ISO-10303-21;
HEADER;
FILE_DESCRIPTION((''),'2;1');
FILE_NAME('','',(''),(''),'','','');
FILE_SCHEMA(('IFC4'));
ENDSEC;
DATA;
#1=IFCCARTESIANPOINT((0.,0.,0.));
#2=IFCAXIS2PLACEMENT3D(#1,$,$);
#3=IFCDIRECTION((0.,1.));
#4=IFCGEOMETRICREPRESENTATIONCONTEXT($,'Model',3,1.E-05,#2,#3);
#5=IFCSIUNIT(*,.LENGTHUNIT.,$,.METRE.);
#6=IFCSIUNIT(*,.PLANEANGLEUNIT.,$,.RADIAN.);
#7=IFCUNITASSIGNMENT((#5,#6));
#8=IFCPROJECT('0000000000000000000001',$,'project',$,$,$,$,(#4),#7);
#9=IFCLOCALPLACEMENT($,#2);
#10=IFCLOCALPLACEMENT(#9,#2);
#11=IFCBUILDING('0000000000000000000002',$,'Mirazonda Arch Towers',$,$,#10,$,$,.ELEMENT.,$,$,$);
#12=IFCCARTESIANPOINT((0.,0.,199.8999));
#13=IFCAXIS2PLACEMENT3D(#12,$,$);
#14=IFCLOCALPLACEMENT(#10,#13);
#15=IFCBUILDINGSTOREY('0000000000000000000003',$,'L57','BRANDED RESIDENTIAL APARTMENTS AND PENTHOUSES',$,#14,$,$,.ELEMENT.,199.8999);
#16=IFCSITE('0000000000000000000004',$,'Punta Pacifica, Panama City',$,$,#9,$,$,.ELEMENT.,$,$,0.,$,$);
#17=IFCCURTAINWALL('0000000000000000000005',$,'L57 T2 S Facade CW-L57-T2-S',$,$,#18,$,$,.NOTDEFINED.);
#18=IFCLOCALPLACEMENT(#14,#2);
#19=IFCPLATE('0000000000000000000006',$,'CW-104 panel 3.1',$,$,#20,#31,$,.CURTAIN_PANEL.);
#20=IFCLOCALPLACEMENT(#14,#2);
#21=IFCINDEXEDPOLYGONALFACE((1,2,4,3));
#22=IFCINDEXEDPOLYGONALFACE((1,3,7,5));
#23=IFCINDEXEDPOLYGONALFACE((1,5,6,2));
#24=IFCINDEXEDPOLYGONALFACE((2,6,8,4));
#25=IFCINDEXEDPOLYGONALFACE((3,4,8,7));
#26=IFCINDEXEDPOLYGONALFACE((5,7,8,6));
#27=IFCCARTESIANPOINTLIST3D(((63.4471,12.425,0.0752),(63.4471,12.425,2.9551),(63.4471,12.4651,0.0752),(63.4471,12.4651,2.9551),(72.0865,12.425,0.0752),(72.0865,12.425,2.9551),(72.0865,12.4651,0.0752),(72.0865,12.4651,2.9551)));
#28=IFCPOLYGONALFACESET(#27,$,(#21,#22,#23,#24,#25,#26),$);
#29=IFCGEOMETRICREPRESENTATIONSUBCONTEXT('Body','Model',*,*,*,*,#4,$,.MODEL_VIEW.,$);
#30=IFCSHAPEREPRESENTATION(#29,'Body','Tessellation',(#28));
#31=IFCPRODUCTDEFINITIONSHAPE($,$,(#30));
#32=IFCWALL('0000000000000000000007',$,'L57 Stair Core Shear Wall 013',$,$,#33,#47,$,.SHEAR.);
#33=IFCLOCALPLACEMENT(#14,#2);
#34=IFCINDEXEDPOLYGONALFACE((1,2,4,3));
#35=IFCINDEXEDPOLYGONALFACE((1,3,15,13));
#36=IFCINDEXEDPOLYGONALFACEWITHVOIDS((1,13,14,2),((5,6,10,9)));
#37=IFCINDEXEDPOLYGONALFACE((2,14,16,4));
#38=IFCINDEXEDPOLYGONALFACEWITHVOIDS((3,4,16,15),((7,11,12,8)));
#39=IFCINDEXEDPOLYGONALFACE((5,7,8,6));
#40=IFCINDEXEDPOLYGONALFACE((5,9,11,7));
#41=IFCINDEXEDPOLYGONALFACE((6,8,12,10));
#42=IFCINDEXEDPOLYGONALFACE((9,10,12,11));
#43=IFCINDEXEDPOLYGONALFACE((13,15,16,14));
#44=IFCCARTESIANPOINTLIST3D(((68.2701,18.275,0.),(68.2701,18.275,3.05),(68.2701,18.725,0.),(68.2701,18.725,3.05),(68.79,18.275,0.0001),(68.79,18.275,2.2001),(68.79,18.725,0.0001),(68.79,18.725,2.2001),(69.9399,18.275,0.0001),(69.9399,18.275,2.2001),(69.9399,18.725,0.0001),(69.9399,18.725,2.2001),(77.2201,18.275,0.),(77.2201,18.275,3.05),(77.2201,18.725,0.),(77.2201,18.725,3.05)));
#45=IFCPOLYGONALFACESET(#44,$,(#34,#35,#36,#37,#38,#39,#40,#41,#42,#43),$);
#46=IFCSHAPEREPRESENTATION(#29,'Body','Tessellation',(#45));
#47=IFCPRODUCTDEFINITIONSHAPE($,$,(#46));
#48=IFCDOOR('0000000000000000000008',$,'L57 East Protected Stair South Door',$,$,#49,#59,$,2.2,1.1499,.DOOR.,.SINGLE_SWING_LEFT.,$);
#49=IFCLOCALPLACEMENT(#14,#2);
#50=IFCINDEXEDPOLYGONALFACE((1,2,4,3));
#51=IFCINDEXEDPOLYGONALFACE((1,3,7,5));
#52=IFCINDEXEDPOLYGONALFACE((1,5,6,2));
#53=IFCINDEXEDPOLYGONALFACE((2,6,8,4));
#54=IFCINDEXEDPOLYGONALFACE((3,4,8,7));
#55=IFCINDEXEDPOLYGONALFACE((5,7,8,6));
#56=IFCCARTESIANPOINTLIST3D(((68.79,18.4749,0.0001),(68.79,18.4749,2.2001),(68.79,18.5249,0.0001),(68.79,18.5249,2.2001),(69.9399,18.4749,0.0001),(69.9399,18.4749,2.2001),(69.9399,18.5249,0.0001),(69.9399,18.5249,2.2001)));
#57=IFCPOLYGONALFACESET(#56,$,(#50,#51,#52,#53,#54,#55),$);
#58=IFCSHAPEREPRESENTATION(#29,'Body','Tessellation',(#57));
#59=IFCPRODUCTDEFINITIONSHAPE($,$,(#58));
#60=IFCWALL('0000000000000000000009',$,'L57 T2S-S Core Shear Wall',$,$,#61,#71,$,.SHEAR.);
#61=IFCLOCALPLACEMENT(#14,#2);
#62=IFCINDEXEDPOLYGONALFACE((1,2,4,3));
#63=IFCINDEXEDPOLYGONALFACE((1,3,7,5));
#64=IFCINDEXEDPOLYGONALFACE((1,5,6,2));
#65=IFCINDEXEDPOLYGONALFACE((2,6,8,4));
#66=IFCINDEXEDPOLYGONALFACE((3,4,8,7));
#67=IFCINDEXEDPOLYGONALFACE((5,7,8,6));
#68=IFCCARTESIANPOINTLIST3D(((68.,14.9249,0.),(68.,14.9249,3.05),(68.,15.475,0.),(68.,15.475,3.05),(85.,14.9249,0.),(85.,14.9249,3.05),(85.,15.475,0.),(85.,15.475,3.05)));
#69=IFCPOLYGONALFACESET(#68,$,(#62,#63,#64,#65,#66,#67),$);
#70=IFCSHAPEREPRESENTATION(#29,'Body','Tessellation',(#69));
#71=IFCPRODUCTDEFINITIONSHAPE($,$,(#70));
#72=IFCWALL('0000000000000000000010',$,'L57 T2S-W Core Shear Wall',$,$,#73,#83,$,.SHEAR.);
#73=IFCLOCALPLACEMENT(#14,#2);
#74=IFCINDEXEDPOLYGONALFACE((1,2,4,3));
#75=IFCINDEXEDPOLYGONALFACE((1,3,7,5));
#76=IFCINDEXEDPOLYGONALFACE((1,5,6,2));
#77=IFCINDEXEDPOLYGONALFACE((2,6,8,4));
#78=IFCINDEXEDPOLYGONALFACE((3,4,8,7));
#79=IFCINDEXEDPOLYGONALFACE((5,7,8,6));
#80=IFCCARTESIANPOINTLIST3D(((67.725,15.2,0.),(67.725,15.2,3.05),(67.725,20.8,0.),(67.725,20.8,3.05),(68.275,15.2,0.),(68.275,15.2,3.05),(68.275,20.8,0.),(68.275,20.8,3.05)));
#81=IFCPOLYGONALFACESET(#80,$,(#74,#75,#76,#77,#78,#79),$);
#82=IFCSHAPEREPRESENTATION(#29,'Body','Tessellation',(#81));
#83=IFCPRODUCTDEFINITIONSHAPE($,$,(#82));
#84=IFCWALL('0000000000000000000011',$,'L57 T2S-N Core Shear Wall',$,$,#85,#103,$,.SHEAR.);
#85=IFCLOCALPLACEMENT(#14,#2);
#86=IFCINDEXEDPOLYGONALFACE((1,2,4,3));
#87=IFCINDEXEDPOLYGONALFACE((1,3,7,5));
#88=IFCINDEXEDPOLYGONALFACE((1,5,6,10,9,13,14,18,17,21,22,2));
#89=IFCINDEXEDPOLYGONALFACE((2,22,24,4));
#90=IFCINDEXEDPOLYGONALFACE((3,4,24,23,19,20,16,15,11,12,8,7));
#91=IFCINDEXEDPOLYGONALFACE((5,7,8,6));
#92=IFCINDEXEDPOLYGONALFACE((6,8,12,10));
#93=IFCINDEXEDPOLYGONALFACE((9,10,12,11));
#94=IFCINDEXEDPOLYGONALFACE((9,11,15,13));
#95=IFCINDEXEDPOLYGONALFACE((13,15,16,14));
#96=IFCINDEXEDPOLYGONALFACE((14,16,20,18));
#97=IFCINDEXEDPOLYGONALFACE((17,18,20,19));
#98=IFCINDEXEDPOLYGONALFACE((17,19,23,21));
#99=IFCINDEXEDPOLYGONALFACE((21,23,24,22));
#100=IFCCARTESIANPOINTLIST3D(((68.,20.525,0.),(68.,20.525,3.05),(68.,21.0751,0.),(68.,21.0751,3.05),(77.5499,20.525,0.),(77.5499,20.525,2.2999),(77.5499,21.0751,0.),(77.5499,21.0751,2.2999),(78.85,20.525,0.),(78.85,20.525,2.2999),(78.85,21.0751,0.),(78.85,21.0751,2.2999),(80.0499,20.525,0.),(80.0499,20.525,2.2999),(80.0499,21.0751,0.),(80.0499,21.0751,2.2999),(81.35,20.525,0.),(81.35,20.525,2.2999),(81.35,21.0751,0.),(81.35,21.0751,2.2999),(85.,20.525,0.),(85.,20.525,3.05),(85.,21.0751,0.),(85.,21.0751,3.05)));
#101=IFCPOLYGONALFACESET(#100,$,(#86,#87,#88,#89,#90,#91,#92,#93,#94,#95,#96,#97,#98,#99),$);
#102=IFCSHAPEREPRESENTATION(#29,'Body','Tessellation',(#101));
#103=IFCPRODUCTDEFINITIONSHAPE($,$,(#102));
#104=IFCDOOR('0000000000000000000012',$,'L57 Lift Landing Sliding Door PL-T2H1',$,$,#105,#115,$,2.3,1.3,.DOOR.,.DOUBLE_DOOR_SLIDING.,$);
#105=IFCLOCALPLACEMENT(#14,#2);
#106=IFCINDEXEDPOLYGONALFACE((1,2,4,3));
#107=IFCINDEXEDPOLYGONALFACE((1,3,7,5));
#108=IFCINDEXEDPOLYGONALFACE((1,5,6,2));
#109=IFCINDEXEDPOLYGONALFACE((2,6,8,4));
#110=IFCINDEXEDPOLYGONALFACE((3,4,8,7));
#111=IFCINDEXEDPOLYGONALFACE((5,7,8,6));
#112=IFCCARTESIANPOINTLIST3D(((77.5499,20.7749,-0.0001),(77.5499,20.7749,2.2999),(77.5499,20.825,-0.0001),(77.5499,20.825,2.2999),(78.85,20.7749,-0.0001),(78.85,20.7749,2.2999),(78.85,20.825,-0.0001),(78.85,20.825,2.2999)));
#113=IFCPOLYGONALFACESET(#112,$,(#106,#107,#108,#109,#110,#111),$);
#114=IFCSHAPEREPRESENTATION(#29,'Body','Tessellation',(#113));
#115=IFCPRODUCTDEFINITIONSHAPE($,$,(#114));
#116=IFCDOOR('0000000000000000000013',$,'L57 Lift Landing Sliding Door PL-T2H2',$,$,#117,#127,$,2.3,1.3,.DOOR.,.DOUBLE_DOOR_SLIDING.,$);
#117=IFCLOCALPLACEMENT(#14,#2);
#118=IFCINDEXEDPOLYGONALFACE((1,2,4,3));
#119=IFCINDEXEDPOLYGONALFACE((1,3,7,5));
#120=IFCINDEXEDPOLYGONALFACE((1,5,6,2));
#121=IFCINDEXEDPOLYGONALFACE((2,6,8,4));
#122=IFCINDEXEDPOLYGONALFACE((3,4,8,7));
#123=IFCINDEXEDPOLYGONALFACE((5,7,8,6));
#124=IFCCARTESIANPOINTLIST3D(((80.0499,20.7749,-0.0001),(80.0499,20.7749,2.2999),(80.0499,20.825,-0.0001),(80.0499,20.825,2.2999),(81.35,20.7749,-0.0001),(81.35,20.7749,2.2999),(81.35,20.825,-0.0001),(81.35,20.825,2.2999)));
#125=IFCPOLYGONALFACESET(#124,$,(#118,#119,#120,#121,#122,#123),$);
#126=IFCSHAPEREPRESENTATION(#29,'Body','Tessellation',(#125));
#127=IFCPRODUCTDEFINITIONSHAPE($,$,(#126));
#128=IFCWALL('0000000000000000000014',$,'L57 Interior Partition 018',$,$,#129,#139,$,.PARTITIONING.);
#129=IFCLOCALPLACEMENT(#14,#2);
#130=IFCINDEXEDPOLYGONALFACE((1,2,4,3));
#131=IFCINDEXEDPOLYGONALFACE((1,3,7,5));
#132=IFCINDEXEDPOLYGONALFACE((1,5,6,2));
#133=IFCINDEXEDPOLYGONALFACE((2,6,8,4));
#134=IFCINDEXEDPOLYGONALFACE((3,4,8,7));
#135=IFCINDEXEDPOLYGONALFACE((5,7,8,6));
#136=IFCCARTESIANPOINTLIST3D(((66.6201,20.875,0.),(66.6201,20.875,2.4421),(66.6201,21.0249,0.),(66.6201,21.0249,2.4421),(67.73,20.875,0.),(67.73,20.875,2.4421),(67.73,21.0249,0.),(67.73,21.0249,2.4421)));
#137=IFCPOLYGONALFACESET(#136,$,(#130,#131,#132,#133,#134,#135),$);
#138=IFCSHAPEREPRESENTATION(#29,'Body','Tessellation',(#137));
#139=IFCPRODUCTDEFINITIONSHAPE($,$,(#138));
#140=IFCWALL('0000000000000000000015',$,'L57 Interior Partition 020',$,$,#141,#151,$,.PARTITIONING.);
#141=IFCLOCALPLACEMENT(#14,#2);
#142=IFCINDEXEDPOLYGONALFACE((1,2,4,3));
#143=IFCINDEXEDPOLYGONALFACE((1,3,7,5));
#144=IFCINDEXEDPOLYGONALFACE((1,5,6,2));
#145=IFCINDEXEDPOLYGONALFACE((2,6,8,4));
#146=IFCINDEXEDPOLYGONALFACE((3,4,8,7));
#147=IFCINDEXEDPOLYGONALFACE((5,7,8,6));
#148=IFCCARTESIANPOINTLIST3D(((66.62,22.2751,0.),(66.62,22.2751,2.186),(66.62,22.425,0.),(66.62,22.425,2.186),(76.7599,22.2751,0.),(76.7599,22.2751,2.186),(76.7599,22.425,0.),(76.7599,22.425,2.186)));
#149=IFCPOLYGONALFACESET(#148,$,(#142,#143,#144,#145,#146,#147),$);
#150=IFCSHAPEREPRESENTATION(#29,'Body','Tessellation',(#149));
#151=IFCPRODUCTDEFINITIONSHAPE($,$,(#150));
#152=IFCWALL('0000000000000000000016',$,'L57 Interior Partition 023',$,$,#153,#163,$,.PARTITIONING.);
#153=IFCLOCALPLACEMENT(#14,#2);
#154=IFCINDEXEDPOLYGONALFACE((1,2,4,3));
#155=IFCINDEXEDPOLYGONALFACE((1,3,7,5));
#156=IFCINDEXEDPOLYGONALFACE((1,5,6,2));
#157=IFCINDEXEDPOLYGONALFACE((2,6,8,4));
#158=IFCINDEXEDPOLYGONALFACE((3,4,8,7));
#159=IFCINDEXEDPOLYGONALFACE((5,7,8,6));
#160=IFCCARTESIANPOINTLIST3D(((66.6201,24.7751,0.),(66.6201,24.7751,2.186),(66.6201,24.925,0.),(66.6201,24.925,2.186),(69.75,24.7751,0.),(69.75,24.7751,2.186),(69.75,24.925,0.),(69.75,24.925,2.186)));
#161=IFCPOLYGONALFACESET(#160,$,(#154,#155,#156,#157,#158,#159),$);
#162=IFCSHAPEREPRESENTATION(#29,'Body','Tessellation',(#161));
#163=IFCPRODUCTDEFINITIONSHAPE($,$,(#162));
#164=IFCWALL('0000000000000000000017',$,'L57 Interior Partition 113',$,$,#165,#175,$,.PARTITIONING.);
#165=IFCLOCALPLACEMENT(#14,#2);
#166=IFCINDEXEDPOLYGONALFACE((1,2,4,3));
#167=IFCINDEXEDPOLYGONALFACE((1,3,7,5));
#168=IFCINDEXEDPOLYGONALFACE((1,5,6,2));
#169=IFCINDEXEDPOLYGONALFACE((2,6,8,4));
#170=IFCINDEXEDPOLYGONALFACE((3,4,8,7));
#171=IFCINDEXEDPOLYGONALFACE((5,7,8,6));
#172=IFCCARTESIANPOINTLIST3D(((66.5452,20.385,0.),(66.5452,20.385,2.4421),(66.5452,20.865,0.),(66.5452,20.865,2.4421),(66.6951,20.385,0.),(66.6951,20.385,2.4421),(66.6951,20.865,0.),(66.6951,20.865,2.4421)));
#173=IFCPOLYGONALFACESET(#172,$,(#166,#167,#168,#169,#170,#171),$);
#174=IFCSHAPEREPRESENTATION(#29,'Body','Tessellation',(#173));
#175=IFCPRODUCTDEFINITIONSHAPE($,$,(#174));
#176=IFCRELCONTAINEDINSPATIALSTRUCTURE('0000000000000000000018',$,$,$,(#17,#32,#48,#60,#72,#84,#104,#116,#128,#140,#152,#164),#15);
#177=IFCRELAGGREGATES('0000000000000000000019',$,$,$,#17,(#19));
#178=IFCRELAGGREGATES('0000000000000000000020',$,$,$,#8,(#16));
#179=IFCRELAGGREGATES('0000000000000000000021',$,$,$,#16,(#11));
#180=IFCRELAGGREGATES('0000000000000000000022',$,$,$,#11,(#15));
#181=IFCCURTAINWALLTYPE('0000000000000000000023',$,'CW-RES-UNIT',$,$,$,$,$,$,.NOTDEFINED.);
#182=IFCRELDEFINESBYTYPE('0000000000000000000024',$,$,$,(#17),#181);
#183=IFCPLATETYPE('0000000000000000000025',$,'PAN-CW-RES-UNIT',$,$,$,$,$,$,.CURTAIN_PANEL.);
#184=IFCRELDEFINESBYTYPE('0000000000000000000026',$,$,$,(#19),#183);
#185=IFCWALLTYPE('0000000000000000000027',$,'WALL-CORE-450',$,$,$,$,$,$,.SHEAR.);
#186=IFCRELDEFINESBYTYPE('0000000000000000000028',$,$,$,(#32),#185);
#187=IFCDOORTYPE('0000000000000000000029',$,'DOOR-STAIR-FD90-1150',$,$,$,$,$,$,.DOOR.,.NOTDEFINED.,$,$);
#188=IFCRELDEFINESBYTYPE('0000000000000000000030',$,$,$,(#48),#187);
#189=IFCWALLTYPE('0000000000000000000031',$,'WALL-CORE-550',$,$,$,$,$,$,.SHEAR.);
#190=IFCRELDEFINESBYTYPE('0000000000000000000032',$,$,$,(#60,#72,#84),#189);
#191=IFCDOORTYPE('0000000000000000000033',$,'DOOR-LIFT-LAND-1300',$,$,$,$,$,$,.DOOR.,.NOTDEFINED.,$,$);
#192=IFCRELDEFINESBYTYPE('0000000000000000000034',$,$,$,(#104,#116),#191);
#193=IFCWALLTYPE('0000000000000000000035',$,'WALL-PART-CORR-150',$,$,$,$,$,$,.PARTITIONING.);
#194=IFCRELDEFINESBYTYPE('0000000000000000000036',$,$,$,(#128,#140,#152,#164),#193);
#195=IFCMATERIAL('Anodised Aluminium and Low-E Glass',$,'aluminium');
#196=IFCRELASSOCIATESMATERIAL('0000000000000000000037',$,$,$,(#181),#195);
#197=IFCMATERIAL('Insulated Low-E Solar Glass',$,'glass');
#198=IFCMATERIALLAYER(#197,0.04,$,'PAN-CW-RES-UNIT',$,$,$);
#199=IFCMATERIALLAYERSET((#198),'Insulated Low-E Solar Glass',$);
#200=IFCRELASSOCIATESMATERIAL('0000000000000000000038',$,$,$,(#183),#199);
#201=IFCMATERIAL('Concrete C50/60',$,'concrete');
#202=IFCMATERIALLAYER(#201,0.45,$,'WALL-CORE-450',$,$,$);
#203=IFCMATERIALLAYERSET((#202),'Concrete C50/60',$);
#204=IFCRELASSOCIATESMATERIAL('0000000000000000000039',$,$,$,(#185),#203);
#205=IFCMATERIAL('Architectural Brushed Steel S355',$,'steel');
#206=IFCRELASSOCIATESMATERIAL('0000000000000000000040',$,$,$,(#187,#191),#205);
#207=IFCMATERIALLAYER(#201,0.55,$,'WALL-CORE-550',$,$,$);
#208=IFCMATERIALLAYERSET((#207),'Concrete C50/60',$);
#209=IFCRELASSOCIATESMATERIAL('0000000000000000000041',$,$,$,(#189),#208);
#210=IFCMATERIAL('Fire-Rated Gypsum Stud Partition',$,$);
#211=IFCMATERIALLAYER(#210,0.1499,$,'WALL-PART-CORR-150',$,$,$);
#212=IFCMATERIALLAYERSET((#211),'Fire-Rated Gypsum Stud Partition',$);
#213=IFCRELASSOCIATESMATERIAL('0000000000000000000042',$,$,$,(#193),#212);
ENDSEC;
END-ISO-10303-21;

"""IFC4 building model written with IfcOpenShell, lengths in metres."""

from ifc_helpers import new_model, si_unit, direction, frame, frame_2d, origin, origin_2d, place, context, subcontext, project, spatial, rectangle, extrude, material, layer, layer_set, type_object, element, fill, aggregate, save


model = new_model("IFC4")

# Units and contexts
model_context = context("Model", 3, precision=1e-05, world=origin(), true_north=direction((0.0, 1.0)))
body_context = subcontext(model_context, "Body", "Model", "MODEL_VIEW")
ifc_project = project(units=[si_unit("LENGTHUNIT", "METRE"), si_unit("PLANEANGLEUNIT", "RADIAN")], contexts=[model_context])

# Site, building, storey
site_placement = place(None, origin())
site = spatial("IfcSite", under=ifc_project, at=site_placement, Name="Punta Pacifica, Panama City", CompositionType="ELEMENT", RefElevation=0.0)
building_placement = place(site_placement, origin())
building = spatial("IfcBuilding", under=site, at=building_placement, Name="Mirazonda Arch Towers", CompositionType="ELEMENT")
storey_placement = place(building_placement, frame((0.0, 0.0, 199.8999)))
storey = spatial("IfcBuildingStorey", under=building, at=storey_placement, Name="L57", Description="BRANDED RESIDENTIAL APARTMENTS AND PENTHOUSES", CompositionType="ELEMENT", Elevation=199.8999)

# Shared definitions
ifc_material_1 = material(Name="Concrete C50/60", Category="concrete")

# Curtain wall, plate
ifc_material_2 = material(Name="Anodised Aluminium and Low-E Glass", Category="aluminium")
curtain_wall_type = type_object("IfcCurtainWallType", Name="CW-RES-UNIT", PredefinedType="NOTDEFINED", material=ifc_material_2)
curtain_wall_placement = place(storey_placement, origin())
curtain_wall = element("IfcCurtainWall", 1, at=curtain_wall_placement, inside=storey, type_object=curtain_wall_type, Name="L57 T2 S Facade CW-L57-T2-S", PredefinedType="NOTDEFINED")
ifc_material_3 = material(Name="Insulated Low-E Solar Glass", Category="glass")
ifc_layer_1 = layer(ifc_material_3, 0.04, Name="PAN-CW-RES-UNIT")
ifc_layer_set_1 = layer_set([ifc_layer_1], Name="Insulated Low-E Solar Glass")
plate_type = type_object("IfcPlateType", Name="PAN-CW-RES-UNIT", PredefinedType="CURTAIN_PANEL", material=ifc_layer_set_1)
plate_placement = place(storey_placement, frame((67.7668, 12.4451, 0.0752), z_axis=(0.0, 0.0, 1.0), x_axis=(-1.0, 0.0, 0.0)))
plate = element("IfcPlate", 2, at=plate_placement, type_object=plate_type, Name="CW-104 panel 3.1", PredefinedType="CURTAIN_PANEL", context=body_context, shape_type="SweptSolid", body=[
    extrude(rectangle(XDim=8.6394, YDim=0.04, at=origin_2d()), origin(), (0.0, 0.0, 1.0), 2.8799),
])
aggregate(curtain_wall, [plate])

# Wall, opening, door
ifc_layer_2 = layer(ifc_material_1, 0.45, Name="WALL-CORE-450")
ifc_layer_set_2 = layer_set([ifc_layer_2], Name="Concrete C50/60")
wall_type_1 = type_object("IfcWallType", Name="WALL-CORE-450", PredefinedType="SHEAR", material=ifc_layer_set_2)
wall_1_placement = place(storey_placement, frame((68.27, 18.5, 0.0), z_axis=(0.0, 0.0, 1.0), x_axis=(1.0, 0.0, 0.0)))
wall_1 = element("IfcWall", 3, at=wall_1_placement, inside=storey, type_object=wall_type_1, Name="L57 Stair Core Shear Wall 013", PredefinedType="SHEAR", context=body_context, shape_type="SweptSolid", body=[
    extrude(rectangle(XDim=8.95, YDim=0.45, at=frame_2d((4.4751, 0.0))), origin(), (0.0, 0.0, 1.0), 3.05),
])
opening_1_placement = place(wall_1_placement, frame((0.52, 0.0, 0.0)))
opening_1 = element("IfcOpeningElement", 4, at=opening_1_placement, cuts=wall_1, PredefinedType="OPENING", context=body_context, shape_type="SweptSolid", body=[
    extrude(rectangle(XDim=1.1499, YDim=2.2, at=frame_2d((0.575, 1.1001))), frame((0.0, 0.2349, 0.0), z_axis=(0.0, -1.0, 0.0), x_axis=(1.0, 0.0, 0.0)), (0.0, 0.0, 1.0), 0.47),
])
ifc_material_4 = material(Name="Architectural Brushed Steel S355", Category="steel")
door_type_1 = type_object("IfcDoorType", Name="DOOR-STAIR-FD90-1150", OperationType="NOTDEFINED", PredefinedType="DOOR", material=ifc_material_4)
door_1_placement = place(opening_1_placement, origin())
door_1 = element("IfcDoor", 5, at=door_1_placement, inside=storey, type_object=door_type_1, Name="L57 East Protected Stair South Door", OperationType="SINGLE_SWING_LEFT", OverallHeight=2.2, OverallWidth=1.1499, PredefinedType="DOOR", context=body_context, shape_type="SweptSolid", body=[
    extrude(rectangle(XDim=1.1499, YDim=2.2, at=frame_2d((0.575, 1.1001))), frame((0.0, 0.0249, 0.0), z_axis=(0.0, -1.0, 0.0), x_axis=(1.0, 0.0, 0.0)), (0.0, 0.0, 1.0), 0.05),
])
fill(opening_1, door_1)

# Walls
ifc_layer_3 = layer(ifc_material_1, 0.55, Name="WALL-CORE-550")
ifc_layer_set_3 = layer_set([ifc_layer_3], Name="Concrete C50/60")
wall_type_2 = type_object("IfcWallType", Name="WALL-CORE-550", PredefinedType="SHEAR", material=ifc_layer_set_3)
wall_2_placement = place(storey_placement, frame((68.0, 15.2, 0.0), z_axis=(0.0, 0.0, 1.0), x_axis=(1.0, 0.0, 0.0)))
element("IfcWall", 6, at=wall_2_placement, inside=storey, type_object=wall_type_2, Name="L57 T2S-S Core Shear Wall", PredefinedType="SHEAR", context=body_context, shape_type="SweptSolid", body=[
    extrude(rectangle(XDim=17.0, YDim=0.55, at=frame_2d((8.5, 0.0))), origin(), (0.0, 0.0, 1.0), 3.05),
])
wall_3_placement = place(storey_placement, frame((68.0, 15.2, 0.0), z_axis=(0.0, 0.0, 1.0), x_axis=(0.0, 1.0, 0.0)))
element("IfcWall", 7, at=wall_3_placement, inside=storey, type_object=wall_type_2, Name="L57 T2S-W Core Shear Wall", PredefinedType="SHEAR", context=body_context, shape_type="SweptSolid", body=[
    extrude(rectangle(XDim=5.6001, YDim=0.55, at=frame_2d((2.8, 0.0))), origin(), (0.0, 0.0, 1.0), 3.05),
])

# Wall, openings, doors
wall_4_placement = place(storey_placement, frame((68.0, 20.8, 0.0), z_axis=(0.0, 0.0, 1.0), x_axis=(1.0, 0.0, 0.0)))
wall_4 = element("IfcWall", 8, at=wall_4_placement, inside=storey, type_object=wall_type_2, Name="L57 T2S-N Core Shear Wall", PredefinedType="SHEAR", context=body_context, shape_type="SweptSolid", body=[
    extrude(rectangle(XDim=17.0, YDim=0.55, at=frame_2d((8.5, 0.0))), origin(), (0.0, 0.0, 1.0), 3.05),
])
opening_2_placement = place(wall_4_placement, frame((9.55, 0.0, 0.0)))
opening_2 = element("IfcOpeningElement", 9, at=opening_2_placement, cuts=wall_4, PredefinedType="OPENING", context=body_context, shape_type="SweptSolid", body=[
    extrude(rectangle(XDim=1.3, YDim=2.3, at=frame_2d((0.6499, 1.1499))), frame((0.0, 0.2849, 0.0), z_axis=(0.0, -1.0, 0.0), x_axis=(1.0, 0.0, 0.0)), (0.0, 0.0, 1.0), 0.5701),
])
opening_3_placement = place(wall_4_placement, frame((12.05, 0.0, 0.0)))
opening_3 = element("IfcOpeningElement", 10, at=opening_3_placement, cuts=wall_4, PredefinedType="OPENING", context=body_context, shape_type="SweptSolid", body=[
    extrude(rectangle(XDim=1.3, YDim=2.3, at=frame_2d((0.6499, 1.1499))), frame((0.0, 0.2849, 0.0), z_axis=(0.0, -1.0, 0.0), x_axis=(1.0, 0.0, 0.0)), (0.0, 0.0, 1.0), 0.5701),
])
door_type_2 = type_object("IfcDoorType", Name="DOOR-LIFT-LAND-1300", OperationType="NOTDEFINED", PredefinedType="DOOR", material=ifc_material_4)
door_2_placement = place(opening_2_placement, origin())
door_2 = element("IfcDoor", 11, at=door_2_placement, inside=storey, type_object=door_type_2, Name="L57 Lift Landing Sliding Door PL-T2H1", OperationType="DOUBLE_DOOR_SLIDING", OverallHeight=2.3, OverallWidth=1.3, PredefinedType="DOOR", context=body_context, shape_type="SweptSolid", body=[
    extrude(rectangle(XDim=1.3, YDim=2.3, at=frame_2d((0.6499, 1.1499))), frame((0.0, 0.0249, 0.0), z_axis=(0.0, -1.0, 0.0), x_axis=(1.0, 0.0, 0.0)), (0.0, 0.0, 1.0), 0.05),
])
fill(opening_2, door_2)
door_3_placement = place(opening_3_placement, origin())
door_3 = element("IfcDoor", 12, at=door_3_placement, inside=storey, type_object=door_type_2, Name="L57 Lift Landing Sliding Door PL-T2H2", OperationType="DOUBLE_DOOR_SLIDING", OverallHeight=2.3, OverallWidth=1.3, PredefinedType="DOOR", context=body_context, shape_type="SweptSolid", body=[
    extrude(rectangle(XDim=1.3, YDim=2.3, at=frame_2d((0.6499, 1.1499))), frame((0.0, 0.0249, 0.0), z_axis=(0.0, -1.0, 0.0), x_axis=(1.0, 0.0, 0.0)), (0.0, 0.0, 1.0), 0.05),
])
fill(opening_3, door_3)

# Walls
ifc_material_5 = material(Name="Fire-Rated Gypsum Stud Partition")
ifc_layer_4 = layer(ifc_material_5, 0.1499, Name="WALL-PART-CORR-150")
ifc_layer_set_4 = layer_set([ifc_layer_4], Name="Fire-Rated Gypsum Stud Partition")
wall_type_3 = type_object("IfcWallType", Name="WALL-PART-CORR-150", PredefinedType="PARTITIONING", material=ifc_layer_set_4)
wall_5_placement = place(storey_placement, frame((66.6201, 20.95, 0.0), z_axis=(0.0, 0.0, 1.0), x_axis=(1.0, 0.0, 0.0)))
element("IfcWall", 13, at=wall_5_placement, inside=storey, type_object=wall_type_3, Name="L57 Interior Partition 018", PredefinedType="PARTITIONING", context=body_context, shape_type="SweptSolid", body=[
    extrude(rectangle(XDim=1.1099, YDim=0.1499, at=frame_2d((0.5549, 0.0))), origin(), (0.0, 0.0, 1.0), 2.4421),
])
wall_6_placement = place(storey_placement, frame((66.6201, 22.3501, 0.0), z_axis=(0.0, 0.0, 1.0), x_axis=(1.0, 0.0, 0.0)))
element("IfcWall", 14, at=wall_6_placement, inside=storey, type_object=wall_type_3, Name="L57 Interior Partition 020", PredefinedType="PARTITIONING", context=body_context, shape_type="SweptSolid", body=[
    extrude(rectangle(XDim=10.1399, YDim=0.1499, at=frame_2d((5.0698, 0.0))), origin(), (0.0, 0.0, 1.0), 2.186),
])
wall_7_placement = place(storey_placement, frame((66.6201, 24.8501, 0.0), z_axis=(0.0, 0.0, 1.0), x_axis=(1.0, 0.0, 0.0)))
element("IfcWall", 15, at=wall_7_placement, inside=storey, type_object=wall_type_3, Name="L57 Interior Partition 023", PredefinedType="PARTITIONING", context=body_context, shape_type="SweptSolid", body=[
    extrude(rectangle(XDim=3.1299, YDim=0.1499, at=frame_2d((1.5649, 0.0))), origin(), (0.0, 0.0, 1.0), 2.186),
])
wall_8_placement = place(storey_placement, frame((66.6201, 20.385, 0.0), z_axis=(0.0, 0.0, 1.0), x_axis=(0.0, 1.0, 0.0)))
element("IfcWall", 16, at=wall_8_placement, inside=storey, type_object=wall_type_3, Name="L57 Interior Partition 113", PredefinedType="PARTITIONING", context=body_context, shape_type="SweptSolid", body=[
    extrude(rectangle(XDim=0.48, YDim=0.1499, at=frame_2d((0.24, 0.0))), origin(), (0.0, 0.0, 1.0), 2.4421),
])

save(model, "model.ifc")
